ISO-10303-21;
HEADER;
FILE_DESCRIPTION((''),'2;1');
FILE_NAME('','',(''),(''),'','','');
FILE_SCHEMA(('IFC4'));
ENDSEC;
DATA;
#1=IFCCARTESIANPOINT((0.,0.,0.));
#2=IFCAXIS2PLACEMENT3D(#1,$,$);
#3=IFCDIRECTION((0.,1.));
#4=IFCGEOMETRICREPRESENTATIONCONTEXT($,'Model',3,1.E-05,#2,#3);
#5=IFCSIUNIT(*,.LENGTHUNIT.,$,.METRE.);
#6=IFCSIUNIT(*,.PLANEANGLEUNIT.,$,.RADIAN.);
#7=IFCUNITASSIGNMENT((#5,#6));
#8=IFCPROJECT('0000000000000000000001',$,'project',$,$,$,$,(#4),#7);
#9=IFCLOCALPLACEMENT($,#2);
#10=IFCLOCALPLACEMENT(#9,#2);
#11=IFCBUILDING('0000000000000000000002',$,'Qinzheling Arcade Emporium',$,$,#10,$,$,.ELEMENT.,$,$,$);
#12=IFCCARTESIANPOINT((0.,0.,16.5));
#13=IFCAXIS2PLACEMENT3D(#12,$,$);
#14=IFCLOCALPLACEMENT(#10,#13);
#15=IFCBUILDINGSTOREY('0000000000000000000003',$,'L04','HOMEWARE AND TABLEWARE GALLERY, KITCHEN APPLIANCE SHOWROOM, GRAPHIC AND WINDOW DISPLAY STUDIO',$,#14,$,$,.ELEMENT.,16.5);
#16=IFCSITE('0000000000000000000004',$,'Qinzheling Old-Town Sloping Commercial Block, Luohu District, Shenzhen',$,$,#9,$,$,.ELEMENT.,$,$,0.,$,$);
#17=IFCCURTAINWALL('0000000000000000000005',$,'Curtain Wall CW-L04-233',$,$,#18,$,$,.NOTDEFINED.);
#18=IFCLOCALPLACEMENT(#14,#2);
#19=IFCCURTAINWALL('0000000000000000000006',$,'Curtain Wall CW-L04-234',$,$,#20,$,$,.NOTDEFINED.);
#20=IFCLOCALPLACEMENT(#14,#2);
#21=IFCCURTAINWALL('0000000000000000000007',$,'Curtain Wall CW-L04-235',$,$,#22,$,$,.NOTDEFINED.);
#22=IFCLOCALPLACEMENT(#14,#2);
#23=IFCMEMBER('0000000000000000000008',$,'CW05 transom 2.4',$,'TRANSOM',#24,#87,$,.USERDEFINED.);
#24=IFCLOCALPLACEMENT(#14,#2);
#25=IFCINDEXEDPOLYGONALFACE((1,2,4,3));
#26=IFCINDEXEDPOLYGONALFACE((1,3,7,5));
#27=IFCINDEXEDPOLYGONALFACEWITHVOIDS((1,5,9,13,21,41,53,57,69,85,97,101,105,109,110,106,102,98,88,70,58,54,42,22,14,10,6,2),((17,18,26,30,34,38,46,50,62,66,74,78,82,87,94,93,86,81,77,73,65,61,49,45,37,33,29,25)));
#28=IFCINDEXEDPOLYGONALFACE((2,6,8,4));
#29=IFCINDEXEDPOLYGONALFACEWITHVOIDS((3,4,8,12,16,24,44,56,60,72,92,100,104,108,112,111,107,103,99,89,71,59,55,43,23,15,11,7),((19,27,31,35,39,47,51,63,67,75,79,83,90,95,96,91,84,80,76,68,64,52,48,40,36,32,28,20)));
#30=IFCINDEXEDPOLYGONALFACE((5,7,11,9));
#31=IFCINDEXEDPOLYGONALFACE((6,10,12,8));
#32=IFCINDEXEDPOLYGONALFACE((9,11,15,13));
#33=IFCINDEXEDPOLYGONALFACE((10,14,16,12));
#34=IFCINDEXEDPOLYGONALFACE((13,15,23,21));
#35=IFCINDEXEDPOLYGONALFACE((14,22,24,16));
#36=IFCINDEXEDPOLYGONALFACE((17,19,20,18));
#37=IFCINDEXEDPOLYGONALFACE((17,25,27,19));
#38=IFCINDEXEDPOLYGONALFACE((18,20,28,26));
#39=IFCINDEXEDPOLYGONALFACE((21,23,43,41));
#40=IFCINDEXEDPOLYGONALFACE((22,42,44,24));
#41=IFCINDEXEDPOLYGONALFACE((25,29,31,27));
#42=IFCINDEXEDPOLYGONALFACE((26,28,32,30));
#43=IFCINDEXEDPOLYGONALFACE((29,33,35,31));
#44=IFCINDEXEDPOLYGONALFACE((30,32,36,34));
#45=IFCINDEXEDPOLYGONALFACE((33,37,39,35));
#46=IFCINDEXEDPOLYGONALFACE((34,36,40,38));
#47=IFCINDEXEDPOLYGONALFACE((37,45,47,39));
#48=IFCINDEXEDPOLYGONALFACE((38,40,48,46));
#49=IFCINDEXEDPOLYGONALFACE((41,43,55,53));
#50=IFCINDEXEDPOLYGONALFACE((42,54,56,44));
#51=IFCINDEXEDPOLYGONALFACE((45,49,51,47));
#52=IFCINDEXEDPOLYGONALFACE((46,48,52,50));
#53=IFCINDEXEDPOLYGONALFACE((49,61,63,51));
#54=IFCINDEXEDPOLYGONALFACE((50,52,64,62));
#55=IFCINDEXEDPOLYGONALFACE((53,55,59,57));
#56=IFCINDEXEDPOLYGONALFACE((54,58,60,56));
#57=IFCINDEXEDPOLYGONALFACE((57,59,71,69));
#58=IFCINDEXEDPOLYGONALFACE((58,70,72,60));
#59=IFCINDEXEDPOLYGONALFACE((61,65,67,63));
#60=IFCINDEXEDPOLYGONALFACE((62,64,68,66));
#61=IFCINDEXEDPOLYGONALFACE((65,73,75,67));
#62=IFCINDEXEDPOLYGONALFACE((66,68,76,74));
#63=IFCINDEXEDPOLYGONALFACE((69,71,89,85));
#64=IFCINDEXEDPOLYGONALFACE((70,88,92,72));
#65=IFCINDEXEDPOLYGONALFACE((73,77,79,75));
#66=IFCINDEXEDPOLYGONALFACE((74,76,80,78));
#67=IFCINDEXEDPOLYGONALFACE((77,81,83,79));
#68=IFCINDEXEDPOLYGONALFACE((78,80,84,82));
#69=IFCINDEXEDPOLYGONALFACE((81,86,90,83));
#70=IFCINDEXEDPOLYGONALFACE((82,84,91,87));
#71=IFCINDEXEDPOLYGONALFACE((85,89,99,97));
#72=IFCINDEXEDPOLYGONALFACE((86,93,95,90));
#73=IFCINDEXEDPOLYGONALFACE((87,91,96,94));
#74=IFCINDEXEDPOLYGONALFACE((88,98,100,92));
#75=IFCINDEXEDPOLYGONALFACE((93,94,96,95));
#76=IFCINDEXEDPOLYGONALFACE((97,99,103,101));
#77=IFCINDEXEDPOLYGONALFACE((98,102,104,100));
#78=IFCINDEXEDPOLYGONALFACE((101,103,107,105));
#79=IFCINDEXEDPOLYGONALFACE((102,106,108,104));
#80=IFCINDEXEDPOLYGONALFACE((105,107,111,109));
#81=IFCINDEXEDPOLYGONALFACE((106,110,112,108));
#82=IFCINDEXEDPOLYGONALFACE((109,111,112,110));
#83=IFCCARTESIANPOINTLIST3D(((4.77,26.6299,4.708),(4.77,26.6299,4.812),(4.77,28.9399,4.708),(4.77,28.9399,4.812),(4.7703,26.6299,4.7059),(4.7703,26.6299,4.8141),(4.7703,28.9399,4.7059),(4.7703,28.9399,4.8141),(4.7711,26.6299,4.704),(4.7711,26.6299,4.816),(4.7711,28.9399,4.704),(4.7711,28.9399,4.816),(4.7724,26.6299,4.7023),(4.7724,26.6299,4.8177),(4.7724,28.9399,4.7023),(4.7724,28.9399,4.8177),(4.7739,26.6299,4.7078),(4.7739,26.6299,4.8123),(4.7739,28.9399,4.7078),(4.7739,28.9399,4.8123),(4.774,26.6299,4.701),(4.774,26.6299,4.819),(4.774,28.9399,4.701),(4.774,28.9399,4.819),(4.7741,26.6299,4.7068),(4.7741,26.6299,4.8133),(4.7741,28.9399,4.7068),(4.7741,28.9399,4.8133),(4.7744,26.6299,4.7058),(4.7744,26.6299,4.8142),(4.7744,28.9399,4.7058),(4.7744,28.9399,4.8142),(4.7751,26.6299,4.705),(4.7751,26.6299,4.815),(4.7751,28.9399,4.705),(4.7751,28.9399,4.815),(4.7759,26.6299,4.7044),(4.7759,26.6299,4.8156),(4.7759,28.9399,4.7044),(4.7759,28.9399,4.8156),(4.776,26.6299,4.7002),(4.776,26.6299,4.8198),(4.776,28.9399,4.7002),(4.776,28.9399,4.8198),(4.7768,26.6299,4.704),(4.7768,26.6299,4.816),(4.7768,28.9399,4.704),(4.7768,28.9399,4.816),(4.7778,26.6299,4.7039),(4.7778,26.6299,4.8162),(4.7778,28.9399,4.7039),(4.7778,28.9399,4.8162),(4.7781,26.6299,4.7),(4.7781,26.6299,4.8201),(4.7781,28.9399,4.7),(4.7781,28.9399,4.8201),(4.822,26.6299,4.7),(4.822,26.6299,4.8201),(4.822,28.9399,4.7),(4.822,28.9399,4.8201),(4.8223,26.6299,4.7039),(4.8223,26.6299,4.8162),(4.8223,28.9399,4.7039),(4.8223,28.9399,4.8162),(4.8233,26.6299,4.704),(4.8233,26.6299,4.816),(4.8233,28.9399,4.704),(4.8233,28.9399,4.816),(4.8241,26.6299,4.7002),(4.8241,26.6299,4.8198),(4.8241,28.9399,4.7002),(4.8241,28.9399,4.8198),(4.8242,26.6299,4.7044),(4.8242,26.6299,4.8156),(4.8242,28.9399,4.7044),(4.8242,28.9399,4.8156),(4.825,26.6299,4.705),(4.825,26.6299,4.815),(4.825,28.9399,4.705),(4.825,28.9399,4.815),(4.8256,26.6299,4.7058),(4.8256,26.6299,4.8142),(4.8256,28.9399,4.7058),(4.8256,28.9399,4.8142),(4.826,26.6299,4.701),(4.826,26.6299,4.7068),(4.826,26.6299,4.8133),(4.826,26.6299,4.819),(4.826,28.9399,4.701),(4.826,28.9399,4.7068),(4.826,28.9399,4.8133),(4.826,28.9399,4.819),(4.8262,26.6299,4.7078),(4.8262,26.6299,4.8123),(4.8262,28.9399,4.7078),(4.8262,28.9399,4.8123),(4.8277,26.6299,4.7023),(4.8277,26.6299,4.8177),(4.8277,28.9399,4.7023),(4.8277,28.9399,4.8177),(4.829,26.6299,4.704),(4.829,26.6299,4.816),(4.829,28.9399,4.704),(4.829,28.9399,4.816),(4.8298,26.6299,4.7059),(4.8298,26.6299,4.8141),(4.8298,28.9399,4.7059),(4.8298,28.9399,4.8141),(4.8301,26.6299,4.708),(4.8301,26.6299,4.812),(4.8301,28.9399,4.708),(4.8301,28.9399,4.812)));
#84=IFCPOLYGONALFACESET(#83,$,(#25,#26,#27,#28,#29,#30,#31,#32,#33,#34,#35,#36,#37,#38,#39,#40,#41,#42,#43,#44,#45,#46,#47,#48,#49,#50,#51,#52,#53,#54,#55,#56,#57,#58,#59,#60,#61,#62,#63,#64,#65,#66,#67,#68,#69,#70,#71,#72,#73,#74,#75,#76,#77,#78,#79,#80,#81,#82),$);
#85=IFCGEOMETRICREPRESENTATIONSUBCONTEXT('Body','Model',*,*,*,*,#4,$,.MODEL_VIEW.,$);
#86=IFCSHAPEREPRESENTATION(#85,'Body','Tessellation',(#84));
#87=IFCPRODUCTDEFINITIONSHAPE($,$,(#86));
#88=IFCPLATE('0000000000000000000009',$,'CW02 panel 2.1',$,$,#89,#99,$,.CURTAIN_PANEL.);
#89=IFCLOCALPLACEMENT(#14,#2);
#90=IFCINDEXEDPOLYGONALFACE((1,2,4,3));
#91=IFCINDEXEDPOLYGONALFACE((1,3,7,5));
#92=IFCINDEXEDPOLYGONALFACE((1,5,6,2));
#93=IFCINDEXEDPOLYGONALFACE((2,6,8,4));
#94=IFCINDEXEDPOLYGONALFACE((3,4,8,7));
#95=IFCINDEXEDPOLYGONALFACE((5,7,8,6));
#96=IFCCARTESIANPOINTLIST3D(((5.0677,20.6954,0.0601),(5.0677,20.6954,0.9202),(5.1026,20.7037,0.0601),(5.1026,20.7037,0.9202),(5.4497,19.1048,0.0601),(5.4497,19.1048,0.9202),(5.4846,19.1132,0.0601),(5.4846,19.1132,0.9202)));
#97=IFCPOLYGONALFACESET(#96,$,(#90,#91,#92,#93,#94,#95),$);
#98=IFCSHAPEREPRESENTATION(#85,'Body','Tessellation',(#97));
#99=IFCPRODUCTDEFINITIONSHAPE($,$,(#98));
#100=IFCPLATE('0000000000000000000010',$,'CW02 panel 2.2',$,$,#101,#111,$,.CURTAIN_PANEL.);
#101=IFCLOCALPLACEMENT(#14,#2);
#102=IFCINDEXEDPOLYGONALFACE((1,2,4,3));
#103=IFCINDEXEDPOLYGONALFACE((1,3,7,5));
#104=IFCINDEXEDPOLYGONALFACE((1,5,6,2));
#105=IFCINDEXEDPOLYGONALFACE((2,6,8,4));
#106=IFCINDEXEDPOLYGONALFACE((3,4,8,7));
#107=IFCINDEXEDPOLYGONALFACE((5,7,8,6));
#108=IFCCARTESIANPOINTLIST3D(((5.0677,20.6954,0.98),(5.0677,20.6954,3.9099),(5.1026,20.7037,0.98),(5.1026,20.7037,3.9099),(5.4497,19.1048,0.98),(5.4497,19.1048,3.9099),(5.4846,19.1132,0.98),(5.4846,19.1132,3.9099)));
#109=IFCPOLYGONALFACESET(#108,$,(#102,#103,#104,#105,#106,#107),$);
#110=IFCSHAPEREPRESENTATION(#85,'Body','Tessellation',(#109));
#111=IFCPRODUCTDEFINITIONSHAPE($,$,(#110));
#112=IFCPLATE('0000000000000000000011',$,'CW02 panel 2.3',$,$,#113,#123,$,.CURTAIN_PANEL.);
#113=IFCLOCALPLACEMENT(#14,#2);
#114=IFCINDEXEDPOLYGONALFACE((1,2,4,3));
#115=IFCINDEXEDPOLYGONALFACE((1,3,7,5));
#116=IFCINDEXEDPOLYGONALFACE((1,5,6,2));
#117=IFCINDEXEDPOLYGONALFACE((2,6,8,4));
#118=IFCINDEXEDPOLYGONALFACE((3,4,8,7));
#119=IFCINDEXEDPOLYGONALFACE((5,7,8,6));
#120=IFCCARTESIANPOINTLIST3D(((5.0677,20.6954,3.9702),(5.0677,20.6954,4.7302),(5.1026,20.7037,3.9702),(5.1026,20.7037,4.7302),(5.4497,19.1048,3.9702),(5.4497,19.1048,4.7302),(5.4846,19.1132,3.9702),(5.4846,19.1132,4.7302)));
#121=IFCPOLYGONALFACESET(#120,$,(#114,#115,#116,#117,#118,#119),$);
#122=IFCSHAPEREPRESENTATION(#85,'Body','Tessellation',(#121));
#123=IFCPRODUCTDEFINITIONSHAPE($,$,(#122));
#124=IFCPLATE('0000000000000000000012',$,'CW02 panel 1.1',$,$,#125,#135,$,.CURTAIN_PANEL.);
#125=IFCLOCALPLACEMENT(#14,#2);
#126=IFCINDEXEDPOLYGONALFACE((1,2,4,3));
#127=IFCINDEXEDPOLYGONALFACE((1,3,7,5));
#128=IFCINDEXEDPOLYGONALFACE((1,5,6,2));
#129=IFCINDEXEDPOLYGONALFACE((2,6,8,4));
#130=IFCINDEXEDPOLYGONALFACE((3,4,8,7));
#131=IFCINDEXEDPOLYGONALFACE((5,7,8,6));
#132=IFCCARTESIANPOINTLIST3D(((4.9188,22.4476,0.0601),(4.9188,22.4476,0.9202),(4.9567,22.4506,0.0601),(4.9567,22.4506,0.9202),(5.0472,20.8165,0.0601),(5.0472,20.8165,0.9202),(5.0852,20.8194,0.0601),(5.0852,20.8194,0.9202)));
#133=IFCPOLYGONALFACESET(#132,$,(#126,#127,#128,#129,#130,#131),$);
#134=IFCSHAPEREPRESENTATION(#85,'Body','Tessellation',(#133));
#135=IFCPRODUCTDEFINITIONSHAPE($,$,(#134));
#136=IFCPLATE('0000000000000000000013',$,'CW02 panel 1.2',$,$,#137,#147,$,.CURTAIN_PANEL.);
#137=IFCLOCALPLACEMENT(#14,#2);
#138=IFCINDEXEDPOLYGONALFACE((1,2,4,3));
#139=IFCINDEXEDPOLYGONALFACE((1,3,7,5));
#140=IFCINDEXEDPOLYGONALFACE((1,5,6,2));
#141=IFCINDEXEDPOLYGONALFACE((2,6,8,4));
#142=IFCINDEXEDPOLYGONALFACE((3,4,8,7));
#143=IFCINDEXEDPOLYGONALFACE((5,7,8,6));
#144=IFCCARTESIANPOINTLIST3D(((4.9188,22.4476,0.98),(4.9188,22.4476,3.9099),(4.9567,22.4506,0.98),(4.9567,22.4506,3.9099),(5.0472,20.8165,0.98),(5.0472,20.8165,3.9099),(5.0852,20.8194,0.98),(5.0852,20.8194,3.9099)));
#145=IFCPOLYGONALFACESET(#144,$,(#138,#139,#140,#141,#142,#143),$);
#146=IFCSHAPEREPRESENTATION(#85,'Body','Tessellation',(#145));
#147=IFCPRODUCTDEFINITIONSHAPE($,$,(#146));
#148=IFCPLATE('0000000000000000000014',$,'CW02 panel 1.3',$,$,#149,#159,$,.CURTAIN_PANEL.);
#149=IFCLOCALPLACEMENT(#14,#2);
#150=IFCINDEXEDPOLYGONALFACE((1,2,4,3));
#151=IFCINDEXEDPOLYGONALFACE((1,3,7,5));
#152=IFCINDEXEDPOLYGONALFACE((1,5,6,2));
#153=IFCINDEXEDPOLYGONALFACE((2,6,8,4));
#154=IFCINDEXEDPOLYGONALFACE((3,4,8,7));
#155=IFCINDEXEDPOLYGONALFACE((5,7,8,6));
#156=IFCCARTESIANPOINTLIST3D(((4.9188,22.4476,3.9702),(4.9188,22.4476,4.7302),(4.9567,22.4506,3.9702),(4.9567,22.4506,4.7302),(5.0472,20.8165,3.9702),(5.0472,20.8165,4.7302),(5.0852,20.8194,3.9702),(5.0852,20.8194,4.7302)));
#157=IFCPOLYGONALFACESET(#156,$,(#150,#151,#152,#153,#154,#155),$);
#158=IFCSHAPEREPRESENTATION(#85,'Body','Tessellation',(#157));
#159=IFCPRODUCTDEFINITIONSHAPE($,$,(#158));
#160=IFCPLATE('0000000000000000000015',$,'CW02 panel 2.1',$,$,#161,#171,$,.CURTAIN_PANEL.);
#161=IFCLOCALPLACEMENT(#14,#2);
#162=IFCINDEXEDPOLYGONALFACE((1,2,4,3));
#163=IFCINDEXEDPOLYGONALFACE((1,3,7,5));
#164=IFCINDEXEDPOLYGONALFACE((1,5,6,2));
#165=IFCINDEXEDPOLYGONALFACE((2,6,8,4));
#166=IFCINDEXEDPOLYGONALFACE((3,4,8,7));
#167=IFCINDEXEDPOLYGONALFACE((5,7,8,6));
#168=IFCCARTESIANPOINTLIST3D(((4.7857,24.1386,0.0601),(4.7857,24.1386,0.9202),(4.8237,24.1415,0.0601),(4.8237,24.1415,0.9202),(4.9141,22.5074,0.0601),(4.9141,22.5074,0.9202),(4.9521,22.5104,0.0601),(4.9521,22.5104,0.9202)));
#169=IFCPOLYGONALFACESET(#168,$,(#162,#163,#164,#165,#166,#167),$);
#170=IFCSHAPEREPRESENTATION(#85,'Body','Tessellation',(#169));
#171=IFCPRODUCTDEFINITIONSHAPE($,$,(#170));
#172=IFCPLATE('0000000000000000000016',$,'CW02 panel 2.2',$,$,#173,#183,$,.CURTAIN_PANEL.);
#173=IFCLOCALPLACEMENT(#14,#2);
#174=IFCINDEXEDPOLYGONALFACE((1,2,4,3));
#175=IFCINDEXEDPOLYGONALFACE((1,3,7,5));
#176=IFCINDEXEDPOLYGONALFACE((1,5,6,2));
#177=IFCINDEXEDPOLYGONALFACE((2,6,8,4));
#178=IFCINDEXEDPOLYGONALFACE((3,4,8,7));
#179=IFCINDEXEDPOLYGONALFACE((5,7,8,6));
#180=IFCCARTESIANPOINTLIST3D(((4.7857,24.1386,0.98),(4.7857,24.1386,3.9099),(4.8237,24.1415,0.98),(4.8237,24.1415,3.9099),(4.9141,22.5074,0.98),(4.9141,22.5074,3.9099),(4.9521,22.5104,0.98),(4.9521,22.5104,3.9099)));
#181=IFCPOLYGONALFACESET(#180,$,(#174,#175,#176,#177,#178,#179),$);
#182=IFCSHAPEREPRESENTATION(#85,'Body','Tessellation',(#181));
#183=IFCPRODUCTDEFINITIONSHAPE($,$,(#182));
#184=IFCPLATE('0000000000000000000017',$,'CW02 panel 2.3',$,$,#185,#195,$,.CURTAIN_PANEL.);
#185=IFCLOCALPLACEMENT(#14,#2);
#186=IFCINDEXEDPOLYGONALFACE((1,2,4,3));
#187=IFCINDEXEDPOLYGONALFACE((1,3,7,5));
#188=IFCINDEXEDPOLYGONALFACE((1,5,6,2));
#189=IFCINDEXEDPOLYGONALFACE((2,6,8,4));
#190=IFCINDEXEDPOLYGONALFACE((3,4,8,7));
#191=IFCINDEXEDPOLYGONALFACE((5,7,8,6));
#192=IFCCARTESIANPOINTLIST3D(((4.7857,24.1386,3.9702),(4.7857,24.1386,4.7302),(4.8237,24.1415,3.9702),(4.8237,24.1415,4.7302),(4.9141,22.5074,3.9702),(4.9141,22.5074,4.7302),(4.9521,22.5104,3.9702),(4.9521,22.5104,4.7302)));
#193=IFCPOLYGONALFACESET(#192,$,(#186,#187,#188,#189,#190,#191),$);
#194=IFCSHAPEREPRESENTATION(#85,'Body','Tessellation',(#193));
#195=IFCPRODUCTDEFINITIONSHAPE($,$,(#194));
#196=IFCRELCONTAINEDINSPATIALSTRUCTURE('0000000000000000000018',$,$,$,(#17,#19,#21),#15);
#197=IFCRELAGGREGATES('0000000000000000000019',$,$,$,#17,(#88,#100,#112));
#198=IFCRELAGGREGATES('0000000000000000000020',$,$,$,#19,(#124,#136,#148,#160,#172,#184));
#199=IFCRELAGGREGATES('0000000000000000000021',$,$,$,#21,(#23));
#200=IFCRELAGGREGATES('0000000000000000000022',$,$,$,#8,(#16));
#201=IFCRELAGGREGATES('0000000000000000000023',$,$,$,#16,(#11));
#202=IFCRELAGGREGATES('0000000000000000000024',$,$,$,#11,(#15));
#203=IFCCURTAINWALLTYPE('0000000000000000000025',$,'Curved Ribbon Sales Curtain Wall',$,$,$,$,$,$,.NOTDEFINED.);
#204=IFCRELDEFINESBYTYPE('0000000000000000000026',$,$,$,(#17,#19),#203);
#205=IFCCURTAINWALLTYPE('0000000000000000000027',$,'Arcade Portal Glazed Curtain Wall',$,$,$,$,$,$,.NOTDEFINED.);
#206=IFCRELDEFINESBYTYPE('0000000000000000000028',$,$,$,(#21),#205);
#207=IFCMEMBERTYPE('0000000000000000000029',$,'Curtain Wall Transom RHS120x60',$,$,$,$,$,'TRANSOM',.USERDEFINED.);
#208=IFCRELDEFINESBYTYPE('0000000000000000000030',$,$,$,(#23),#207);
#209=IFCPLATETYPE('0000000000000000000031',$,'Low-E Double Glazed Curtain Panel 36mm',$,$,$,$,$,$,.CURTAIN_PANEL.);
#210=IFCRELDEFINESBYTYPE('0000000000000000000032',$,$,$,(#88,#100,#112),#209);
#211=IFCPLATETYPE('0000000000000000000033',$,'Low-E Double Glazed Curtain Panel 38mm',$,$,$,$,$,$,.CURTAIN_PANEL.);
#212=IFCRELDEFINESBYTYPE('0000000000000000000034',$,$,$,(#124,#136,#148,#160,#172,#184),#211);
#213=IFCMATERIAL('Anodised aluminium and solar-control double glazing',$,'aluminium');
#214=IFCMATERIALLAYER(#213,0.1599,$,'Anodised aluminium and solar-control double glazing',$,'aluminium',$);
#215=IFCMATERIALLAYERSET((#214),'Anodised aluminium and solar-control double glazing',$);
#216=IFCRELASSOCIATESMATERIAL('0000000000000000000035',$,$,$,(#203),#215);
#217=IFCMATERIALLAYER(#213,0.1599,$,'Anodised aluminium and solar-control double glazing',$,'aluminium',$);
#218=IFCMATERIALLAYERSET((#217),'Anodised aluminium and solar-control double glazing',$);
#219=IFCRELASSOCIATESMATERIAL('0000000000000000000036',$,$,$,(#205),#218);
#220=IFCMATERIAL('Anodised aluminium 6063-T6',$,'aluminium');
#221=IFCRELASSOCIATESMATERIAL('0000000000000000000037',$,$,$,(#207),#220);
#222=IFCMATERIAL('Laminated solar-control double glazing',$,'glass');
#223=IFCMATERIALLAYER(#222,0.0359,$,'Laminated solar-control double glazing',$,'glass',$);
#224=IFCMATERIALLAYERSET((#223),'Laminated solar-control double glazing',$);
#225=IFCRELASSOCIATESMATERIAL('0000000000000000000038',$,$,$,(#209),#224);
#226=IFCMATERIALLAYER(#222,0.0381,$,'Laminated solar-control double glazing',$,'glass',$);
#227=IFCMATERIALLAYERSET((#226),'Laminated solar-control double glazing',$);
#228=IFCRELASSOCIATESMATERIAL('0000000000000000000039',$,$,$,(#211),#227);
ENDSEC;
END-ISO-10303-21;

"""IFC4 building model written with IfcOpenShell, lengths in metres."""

from ifc_helpers import new_model, si_unit, direction, frame, origin, origin_2d, place, context, subcontext, project, spatial, rectangle, hollow_rectangle, extrude, material, layer, layer_set, material_profile, profile_set, type_object, element, aggregate, save


model = new_model("IFC4")

# Units and contexts
model_context = context("Model", 3, precision=1e-05, world=origin(), true_north=direction((0.0, 1.0)))
body_context = subcontext(model_context, "Body", "Model", "MODEL_VIEW")
ifc_project = project(units=[si_unit("LENGTHUNIT", "METRE"), si_unit("PLANEANGLEUNIT", "RADIAN")], contexts=[model_context])

# Site, building, storey
site_placement = place(None, origin())
site = spatial("IfcSite", under=ifc_project, at=site_placement, Name="Qinzheling Old-Town Sloping Commercial Block, Luohu District, Shenzhen", CompositionType="ELEMENT", RefElevation=0.0)
building_placement = place(site_placement, origin())
building = spatial("IfcBuilding", under=site, at=building_placement, Name="Qinzheling Arcade Emporium", CompositionType="ELEMENT")
storey_placement = place(building_placement, frame((0.0, 0.0, 16.5)))
storey = spatial("IfcBuildingStorey", under=building, at=storey_placement, Name="L04", Description="HOMEWARE AND TABLEWARE GALLERY, KITCHEN APPLIANCE SHOWROOM, GRAPHIC AND WINDOW DISPLAY STUDIO", CompositionType="ELEMENT", Elevation=16.5)

# Curtain walls
ifc_material_1 = material(Name="Anodised aluminium and solar-control double glazing", Category="aluminium")
ifc_layer_1 = layer(ifc_material_1, 0.1599, Name="Anodised aluminium and solar-control double glazing", Category="aluminium")
ifc_layer_set_1 = layer_set([ifc_layer_1], Name="Anodised aluminium and solar-control double glazing")
curtain_wall_type_1 = type_object("IfcCurtainWallType", Name="Curved Ribbon Sales Curtain Wall", PredefinedType="NOTDEFINED", material=ifc_layer_set_1)
curtain_wall_1_placement = place(storey_placement, origin())
curtain_wall_1 = element("IfcCurtainWall", 1, at=curtain_wall_1_placement, inside=storey, type_object=curtain_wall_type_1, Name="Curtain Wall CW-L04-233", PredefinedType="NOTDEFINED")
ifc_material_2 = material(Name="Anodised aluminium 6063-T6", Category="aluminium")
curtain_wall_2_placement = place(storey_placement, origin())
curtain_wall_2 = element("IfcCurtainWall", 2, at=curtain_wall_2_placement, inside=storey, type_object=curtain_wall_type_1, Name="Curtain Wall CW-L04-234", PredefinedType="NOTDEFINED")
ifc_layer_2 = layer(ifc_material_1, 0.1599, Name="Anodised aluminium and solar-control double glazing", Category="aluminium")
ifc_layer_set_2 = layer_set([ifc_layer_2], Name="Anodised aluminium and solar-control double glazing")
curtain_wall_type_2 = type_object("IfcCurtainWallType", Name="Arcade Portal Glazed Curtain Wall", PredefinedType="NOTDEFINED", material=ifc_layer_set_2)
curtain_wall_3_placement = place(storey_placement, origin())
curtain_wall_3 = element("IfcCurtainWall", 3, at=curtain_wall_3_placement, inside=storey, type_object=curtain_wall_type_2, Name="Curtain Wall CW-L04-235", PredefinedType="NOTDEFINED")

# Member
ifc_material_profile_1 = material_profile(ifc_material_2, hollow_rectangle(XDim=0.0601, YDim=0.1201, WallThickness=0.0039, InnerFilletRadius=0.0039, OuterFilletRadius=0.0081, at=origin_2d()), Name="RHS 120x60x4", Category="aluminium")
ifc_profile_set_1 = profile_set([ifc_material_profile_1], Name="Anodised aluminium 6063-T6")
member_type_1 = type_object("IfcMemberType", Name="Curtain Wall Transom RHS120x60", ElementType="TRANSOM", PredefinedType="USERDEFINED", material=ifc_profile_set_1)
member_1_placement = place(storey_placement, frame((4.8, 26.6299, 4.76), z_axis=(0.0, 1.0, 0.0), x_axis=(-1.0, 0.0, 0.0)))
member_1 = element("IfcMember", 4, at=member_1_placement, type_object=member_type_1, Name="CW05 transom 2.4", ObjectType="TRANSOM", PredefinedType="USERDEFINED", context=body_context, shape_type="SweptSolid", body=[
    extrude(hollow_rectangle(XDim=0.0601, YDim=0.1201, WallThickness=0.0039, InnerFilletRadius=0.0039, OuterFilletRadius=0.0081, at=origin_2d()), origin(), (0.0, 0.0, 1.0), 2.3101),
])

# Plates
ifc_material_3 = material(Name="Laminated solar-control double glazing", Category="glass")
ifc_layer_3 = layer(ifc_material_3, 0.0359, Name="Laminated solar-control double glazing", Category="glass")
ifc_layer_set_3 = layer_set([ifc_layer_3], Name="Laminated solar-control double glazing")
plate_type_1 = type_object("IfcPlateType", Name="Low-E Double Glazed Curtain Panel 36mm", PredefinedType="CURTAIN_PANEL", material=ifc_layer_set_3)
plate_1_placement = place(storey_placement, frame((5.2761, 19.9043, 0.0601), z_axis=(0.0, 0.0, 1.0), x_axis=(-0.233526, 0.97235, 0.0)))
plate_1 = element("IfcPlate", 5, at=plate_1_placement, type_object=plate_type_1, Name="CW02 panel 2.1", PredefinedType="CURTAIN_PANEL", context=body_context, shape_type="SweptSolid", body=[
    extrude(rectangle(XDim=1.6357, YDim=0.0359, at=origin_2d()), origin(), (0.0, 0.0, 1.0), 0.8601),
])
plate_2_placement = place(storey_placement, frame((5.2761, 19.9043, 0.98), z_axis=(0.0, 0.0, 1.0), x_axis=(-0.233526, 0.97235, 0.0)))
plate_2 = element("IfcPlate", 6, at=plate_2_placement, type_object=plate_type_1, Name="CW02 panel 2.2", PredefinedType="CURTAIN_PANEL", context=body_context, shape_type="SweptSolid", body=[
    extrude(rectangle(XDim=1.6357, YDim=0.0359, at=origin_2d()), origin(), (0.0, 0.0, 1.0), 2.9299),
])
plate_3_placement = place(storey_placement, frame((5.2761, 19.9043, 3.9702), z_axis=(0.0, 0.0, 1.0), x_axis=(-0.233526, 0.97235, 0.0)))
plate_3 = element("IfcPlate", 7, at=plate_3_placement, type_object=plate_type_1, Name="CW02 panel 2.3", PredefinedType="CURTAIN_PANEL", context=body_context, shape_type="SweptSolid", body=[
    extrude(rectangle(XDim=1.6357, YDim=0.0359, at=origin_2d()), origin(), (0.0, 0.0, 1.0), 0.76),
])
aggregate(curtain_wall_1, [plate_1, plate_2, plate_3])
ifc_layer_4 = layer(ifc_material_3, 0.0381, Name="Laminated solar-control double glazing", Category="glass")
ifc_layer_set_4 = layer_set([ifc_layer_4], Name="Laminated solar-control double glazing")
plate_type_2 = type_object("IfcPlateType", Name="Low-E Double Glazed Curtain Panel 38mm", PredefinedType="CURTAIN_PANEL", material=ifc_layer_set_4)
plate_4_placement = place(storey_placement, frame((5.002, 21.6335, 0.0601), z_axis=(0.0, 0.0, 1.0), x_axis=(-0.07849, 0.996915, 0.0)))
plate_4 = element("IfcPlate", 8, at=plate_4_placement, type_object=plate_type_2, Name="CW02 panel 1.1", PredefinedType="CURTAIN_PANEL", context=body_context, shape_type="SweptSolid", body=[
    extrude(rectangle(XDim=1.6362, YDim=0.0381, at=origin_2d()), origin(), (0.0, 0.0, 1.0), 0.8601),
])
plate_5_placement = place(storey_placement, frame((5.002, 21.6335, 0.98), z_axis=(0.0, 0.0, 1.0), x_axis=(-0.07849, 0.996915, 0.0)))
plate_5 = element("IfcPlate", 9, at=plate_5_placement, type_object=plate_type_2, Name="CW02 panel 1.2", PredefinedType="CURTAIN_PANEL", context=body_context, shape_type="SweptSolid", body=[
    extrude(rectangle(XDim=1.6362, YDim=0.0381, at=origin_2d()), origin(), (0.0, 0.0, 1.0), 2.9299),
])
plate_6_placement = place(storey_placement, frame((5.002, 21.6335, 3.9702), z_axis=(0.0, 0.0, 1.0), x_axis=(-0.07849, 0.996915, 0.0)))
plate_6 = element("IfcPlate", 10, at=plate_6_placement, type_object=plate_type_2, Name="CW02 panel 1.3", PredefinedType="CURTAIN_PANEL", context=body_context, shape_type="SweptSolid", body=[
    extrude(rectangle(XDim=1.6362, YDim=0.0381, at=origin_2d()), origin(), (0.0, 0.0, 1.0), 0.76),
])
plate_7_placement = place(storey_placement, frame((4.8689, 23.3245, 0.0601), z_axis=(0.0, 0.0, 1.0), x_axis=(-0.07849, 0.996915, 0.0)))
plate_7 = element("IfcPlate", 11, at=plate_7_placement, type_object=plate_type_2, Name="CW02 panel 2.1", PredefinedType="CURTAIN_PANEL", context=body_context, shape_type="SweptSolid", body=[
    extrude(rectangle(XDim=1.6362, YDim=0.0381, at=origin_2d()), origin(), (0.0, 0.0, 1.0), 0.8601),
])
plate_8_placement = place(storey_placement, frame((4.8689, 23.3245, 0.98), z_axis=(0.0, 0.0, 1.0), x_axis=(-0.07849, 0.996915, 0.0)))
plate_8 = element("IfcPlate", 12, at=plate_8_placement, type_object=plate_type_2, Name="CW02 panel 2.2", PredefinedType="CURTAIN_PANEL", context=body_context, shape_type="SweptSolid", body=[
    extrude(rectangle(XDim=1.6362, YDim=0.0381, at=origin_2d()), origin(), (0.0, 0.0, 1.0), 2.9299),
])
plate_9_placement = place(storey_placement, frame((4.8689, 23.3245, 3.9702), z_axis=(0.0, 0.0, 1.0), x_axis=(-0.07849, 0.996915, 0.0)))
plate_9 = element("IfcPlate", 13, at=plate_9_placement, type_object=plate_type_2, Name="CW02 panel 2.3", PredefinedType="CURTAIN_PANEL", context=body_context, shape_type="SweptSolid", body=[
    extrude(rectangle(XDim=1.6362, YDim=0.0381, at=origin_2d()), origin(), (0.0, 0.0, 1.0), 0.76),
])
aggregate(curtain_wall_2, [plate_4, plate_5, plate_6, plate_7, plate_8, plate_9])
aggregate(curtain_wall_3, [member_1])

save(model, "model.ifc")
